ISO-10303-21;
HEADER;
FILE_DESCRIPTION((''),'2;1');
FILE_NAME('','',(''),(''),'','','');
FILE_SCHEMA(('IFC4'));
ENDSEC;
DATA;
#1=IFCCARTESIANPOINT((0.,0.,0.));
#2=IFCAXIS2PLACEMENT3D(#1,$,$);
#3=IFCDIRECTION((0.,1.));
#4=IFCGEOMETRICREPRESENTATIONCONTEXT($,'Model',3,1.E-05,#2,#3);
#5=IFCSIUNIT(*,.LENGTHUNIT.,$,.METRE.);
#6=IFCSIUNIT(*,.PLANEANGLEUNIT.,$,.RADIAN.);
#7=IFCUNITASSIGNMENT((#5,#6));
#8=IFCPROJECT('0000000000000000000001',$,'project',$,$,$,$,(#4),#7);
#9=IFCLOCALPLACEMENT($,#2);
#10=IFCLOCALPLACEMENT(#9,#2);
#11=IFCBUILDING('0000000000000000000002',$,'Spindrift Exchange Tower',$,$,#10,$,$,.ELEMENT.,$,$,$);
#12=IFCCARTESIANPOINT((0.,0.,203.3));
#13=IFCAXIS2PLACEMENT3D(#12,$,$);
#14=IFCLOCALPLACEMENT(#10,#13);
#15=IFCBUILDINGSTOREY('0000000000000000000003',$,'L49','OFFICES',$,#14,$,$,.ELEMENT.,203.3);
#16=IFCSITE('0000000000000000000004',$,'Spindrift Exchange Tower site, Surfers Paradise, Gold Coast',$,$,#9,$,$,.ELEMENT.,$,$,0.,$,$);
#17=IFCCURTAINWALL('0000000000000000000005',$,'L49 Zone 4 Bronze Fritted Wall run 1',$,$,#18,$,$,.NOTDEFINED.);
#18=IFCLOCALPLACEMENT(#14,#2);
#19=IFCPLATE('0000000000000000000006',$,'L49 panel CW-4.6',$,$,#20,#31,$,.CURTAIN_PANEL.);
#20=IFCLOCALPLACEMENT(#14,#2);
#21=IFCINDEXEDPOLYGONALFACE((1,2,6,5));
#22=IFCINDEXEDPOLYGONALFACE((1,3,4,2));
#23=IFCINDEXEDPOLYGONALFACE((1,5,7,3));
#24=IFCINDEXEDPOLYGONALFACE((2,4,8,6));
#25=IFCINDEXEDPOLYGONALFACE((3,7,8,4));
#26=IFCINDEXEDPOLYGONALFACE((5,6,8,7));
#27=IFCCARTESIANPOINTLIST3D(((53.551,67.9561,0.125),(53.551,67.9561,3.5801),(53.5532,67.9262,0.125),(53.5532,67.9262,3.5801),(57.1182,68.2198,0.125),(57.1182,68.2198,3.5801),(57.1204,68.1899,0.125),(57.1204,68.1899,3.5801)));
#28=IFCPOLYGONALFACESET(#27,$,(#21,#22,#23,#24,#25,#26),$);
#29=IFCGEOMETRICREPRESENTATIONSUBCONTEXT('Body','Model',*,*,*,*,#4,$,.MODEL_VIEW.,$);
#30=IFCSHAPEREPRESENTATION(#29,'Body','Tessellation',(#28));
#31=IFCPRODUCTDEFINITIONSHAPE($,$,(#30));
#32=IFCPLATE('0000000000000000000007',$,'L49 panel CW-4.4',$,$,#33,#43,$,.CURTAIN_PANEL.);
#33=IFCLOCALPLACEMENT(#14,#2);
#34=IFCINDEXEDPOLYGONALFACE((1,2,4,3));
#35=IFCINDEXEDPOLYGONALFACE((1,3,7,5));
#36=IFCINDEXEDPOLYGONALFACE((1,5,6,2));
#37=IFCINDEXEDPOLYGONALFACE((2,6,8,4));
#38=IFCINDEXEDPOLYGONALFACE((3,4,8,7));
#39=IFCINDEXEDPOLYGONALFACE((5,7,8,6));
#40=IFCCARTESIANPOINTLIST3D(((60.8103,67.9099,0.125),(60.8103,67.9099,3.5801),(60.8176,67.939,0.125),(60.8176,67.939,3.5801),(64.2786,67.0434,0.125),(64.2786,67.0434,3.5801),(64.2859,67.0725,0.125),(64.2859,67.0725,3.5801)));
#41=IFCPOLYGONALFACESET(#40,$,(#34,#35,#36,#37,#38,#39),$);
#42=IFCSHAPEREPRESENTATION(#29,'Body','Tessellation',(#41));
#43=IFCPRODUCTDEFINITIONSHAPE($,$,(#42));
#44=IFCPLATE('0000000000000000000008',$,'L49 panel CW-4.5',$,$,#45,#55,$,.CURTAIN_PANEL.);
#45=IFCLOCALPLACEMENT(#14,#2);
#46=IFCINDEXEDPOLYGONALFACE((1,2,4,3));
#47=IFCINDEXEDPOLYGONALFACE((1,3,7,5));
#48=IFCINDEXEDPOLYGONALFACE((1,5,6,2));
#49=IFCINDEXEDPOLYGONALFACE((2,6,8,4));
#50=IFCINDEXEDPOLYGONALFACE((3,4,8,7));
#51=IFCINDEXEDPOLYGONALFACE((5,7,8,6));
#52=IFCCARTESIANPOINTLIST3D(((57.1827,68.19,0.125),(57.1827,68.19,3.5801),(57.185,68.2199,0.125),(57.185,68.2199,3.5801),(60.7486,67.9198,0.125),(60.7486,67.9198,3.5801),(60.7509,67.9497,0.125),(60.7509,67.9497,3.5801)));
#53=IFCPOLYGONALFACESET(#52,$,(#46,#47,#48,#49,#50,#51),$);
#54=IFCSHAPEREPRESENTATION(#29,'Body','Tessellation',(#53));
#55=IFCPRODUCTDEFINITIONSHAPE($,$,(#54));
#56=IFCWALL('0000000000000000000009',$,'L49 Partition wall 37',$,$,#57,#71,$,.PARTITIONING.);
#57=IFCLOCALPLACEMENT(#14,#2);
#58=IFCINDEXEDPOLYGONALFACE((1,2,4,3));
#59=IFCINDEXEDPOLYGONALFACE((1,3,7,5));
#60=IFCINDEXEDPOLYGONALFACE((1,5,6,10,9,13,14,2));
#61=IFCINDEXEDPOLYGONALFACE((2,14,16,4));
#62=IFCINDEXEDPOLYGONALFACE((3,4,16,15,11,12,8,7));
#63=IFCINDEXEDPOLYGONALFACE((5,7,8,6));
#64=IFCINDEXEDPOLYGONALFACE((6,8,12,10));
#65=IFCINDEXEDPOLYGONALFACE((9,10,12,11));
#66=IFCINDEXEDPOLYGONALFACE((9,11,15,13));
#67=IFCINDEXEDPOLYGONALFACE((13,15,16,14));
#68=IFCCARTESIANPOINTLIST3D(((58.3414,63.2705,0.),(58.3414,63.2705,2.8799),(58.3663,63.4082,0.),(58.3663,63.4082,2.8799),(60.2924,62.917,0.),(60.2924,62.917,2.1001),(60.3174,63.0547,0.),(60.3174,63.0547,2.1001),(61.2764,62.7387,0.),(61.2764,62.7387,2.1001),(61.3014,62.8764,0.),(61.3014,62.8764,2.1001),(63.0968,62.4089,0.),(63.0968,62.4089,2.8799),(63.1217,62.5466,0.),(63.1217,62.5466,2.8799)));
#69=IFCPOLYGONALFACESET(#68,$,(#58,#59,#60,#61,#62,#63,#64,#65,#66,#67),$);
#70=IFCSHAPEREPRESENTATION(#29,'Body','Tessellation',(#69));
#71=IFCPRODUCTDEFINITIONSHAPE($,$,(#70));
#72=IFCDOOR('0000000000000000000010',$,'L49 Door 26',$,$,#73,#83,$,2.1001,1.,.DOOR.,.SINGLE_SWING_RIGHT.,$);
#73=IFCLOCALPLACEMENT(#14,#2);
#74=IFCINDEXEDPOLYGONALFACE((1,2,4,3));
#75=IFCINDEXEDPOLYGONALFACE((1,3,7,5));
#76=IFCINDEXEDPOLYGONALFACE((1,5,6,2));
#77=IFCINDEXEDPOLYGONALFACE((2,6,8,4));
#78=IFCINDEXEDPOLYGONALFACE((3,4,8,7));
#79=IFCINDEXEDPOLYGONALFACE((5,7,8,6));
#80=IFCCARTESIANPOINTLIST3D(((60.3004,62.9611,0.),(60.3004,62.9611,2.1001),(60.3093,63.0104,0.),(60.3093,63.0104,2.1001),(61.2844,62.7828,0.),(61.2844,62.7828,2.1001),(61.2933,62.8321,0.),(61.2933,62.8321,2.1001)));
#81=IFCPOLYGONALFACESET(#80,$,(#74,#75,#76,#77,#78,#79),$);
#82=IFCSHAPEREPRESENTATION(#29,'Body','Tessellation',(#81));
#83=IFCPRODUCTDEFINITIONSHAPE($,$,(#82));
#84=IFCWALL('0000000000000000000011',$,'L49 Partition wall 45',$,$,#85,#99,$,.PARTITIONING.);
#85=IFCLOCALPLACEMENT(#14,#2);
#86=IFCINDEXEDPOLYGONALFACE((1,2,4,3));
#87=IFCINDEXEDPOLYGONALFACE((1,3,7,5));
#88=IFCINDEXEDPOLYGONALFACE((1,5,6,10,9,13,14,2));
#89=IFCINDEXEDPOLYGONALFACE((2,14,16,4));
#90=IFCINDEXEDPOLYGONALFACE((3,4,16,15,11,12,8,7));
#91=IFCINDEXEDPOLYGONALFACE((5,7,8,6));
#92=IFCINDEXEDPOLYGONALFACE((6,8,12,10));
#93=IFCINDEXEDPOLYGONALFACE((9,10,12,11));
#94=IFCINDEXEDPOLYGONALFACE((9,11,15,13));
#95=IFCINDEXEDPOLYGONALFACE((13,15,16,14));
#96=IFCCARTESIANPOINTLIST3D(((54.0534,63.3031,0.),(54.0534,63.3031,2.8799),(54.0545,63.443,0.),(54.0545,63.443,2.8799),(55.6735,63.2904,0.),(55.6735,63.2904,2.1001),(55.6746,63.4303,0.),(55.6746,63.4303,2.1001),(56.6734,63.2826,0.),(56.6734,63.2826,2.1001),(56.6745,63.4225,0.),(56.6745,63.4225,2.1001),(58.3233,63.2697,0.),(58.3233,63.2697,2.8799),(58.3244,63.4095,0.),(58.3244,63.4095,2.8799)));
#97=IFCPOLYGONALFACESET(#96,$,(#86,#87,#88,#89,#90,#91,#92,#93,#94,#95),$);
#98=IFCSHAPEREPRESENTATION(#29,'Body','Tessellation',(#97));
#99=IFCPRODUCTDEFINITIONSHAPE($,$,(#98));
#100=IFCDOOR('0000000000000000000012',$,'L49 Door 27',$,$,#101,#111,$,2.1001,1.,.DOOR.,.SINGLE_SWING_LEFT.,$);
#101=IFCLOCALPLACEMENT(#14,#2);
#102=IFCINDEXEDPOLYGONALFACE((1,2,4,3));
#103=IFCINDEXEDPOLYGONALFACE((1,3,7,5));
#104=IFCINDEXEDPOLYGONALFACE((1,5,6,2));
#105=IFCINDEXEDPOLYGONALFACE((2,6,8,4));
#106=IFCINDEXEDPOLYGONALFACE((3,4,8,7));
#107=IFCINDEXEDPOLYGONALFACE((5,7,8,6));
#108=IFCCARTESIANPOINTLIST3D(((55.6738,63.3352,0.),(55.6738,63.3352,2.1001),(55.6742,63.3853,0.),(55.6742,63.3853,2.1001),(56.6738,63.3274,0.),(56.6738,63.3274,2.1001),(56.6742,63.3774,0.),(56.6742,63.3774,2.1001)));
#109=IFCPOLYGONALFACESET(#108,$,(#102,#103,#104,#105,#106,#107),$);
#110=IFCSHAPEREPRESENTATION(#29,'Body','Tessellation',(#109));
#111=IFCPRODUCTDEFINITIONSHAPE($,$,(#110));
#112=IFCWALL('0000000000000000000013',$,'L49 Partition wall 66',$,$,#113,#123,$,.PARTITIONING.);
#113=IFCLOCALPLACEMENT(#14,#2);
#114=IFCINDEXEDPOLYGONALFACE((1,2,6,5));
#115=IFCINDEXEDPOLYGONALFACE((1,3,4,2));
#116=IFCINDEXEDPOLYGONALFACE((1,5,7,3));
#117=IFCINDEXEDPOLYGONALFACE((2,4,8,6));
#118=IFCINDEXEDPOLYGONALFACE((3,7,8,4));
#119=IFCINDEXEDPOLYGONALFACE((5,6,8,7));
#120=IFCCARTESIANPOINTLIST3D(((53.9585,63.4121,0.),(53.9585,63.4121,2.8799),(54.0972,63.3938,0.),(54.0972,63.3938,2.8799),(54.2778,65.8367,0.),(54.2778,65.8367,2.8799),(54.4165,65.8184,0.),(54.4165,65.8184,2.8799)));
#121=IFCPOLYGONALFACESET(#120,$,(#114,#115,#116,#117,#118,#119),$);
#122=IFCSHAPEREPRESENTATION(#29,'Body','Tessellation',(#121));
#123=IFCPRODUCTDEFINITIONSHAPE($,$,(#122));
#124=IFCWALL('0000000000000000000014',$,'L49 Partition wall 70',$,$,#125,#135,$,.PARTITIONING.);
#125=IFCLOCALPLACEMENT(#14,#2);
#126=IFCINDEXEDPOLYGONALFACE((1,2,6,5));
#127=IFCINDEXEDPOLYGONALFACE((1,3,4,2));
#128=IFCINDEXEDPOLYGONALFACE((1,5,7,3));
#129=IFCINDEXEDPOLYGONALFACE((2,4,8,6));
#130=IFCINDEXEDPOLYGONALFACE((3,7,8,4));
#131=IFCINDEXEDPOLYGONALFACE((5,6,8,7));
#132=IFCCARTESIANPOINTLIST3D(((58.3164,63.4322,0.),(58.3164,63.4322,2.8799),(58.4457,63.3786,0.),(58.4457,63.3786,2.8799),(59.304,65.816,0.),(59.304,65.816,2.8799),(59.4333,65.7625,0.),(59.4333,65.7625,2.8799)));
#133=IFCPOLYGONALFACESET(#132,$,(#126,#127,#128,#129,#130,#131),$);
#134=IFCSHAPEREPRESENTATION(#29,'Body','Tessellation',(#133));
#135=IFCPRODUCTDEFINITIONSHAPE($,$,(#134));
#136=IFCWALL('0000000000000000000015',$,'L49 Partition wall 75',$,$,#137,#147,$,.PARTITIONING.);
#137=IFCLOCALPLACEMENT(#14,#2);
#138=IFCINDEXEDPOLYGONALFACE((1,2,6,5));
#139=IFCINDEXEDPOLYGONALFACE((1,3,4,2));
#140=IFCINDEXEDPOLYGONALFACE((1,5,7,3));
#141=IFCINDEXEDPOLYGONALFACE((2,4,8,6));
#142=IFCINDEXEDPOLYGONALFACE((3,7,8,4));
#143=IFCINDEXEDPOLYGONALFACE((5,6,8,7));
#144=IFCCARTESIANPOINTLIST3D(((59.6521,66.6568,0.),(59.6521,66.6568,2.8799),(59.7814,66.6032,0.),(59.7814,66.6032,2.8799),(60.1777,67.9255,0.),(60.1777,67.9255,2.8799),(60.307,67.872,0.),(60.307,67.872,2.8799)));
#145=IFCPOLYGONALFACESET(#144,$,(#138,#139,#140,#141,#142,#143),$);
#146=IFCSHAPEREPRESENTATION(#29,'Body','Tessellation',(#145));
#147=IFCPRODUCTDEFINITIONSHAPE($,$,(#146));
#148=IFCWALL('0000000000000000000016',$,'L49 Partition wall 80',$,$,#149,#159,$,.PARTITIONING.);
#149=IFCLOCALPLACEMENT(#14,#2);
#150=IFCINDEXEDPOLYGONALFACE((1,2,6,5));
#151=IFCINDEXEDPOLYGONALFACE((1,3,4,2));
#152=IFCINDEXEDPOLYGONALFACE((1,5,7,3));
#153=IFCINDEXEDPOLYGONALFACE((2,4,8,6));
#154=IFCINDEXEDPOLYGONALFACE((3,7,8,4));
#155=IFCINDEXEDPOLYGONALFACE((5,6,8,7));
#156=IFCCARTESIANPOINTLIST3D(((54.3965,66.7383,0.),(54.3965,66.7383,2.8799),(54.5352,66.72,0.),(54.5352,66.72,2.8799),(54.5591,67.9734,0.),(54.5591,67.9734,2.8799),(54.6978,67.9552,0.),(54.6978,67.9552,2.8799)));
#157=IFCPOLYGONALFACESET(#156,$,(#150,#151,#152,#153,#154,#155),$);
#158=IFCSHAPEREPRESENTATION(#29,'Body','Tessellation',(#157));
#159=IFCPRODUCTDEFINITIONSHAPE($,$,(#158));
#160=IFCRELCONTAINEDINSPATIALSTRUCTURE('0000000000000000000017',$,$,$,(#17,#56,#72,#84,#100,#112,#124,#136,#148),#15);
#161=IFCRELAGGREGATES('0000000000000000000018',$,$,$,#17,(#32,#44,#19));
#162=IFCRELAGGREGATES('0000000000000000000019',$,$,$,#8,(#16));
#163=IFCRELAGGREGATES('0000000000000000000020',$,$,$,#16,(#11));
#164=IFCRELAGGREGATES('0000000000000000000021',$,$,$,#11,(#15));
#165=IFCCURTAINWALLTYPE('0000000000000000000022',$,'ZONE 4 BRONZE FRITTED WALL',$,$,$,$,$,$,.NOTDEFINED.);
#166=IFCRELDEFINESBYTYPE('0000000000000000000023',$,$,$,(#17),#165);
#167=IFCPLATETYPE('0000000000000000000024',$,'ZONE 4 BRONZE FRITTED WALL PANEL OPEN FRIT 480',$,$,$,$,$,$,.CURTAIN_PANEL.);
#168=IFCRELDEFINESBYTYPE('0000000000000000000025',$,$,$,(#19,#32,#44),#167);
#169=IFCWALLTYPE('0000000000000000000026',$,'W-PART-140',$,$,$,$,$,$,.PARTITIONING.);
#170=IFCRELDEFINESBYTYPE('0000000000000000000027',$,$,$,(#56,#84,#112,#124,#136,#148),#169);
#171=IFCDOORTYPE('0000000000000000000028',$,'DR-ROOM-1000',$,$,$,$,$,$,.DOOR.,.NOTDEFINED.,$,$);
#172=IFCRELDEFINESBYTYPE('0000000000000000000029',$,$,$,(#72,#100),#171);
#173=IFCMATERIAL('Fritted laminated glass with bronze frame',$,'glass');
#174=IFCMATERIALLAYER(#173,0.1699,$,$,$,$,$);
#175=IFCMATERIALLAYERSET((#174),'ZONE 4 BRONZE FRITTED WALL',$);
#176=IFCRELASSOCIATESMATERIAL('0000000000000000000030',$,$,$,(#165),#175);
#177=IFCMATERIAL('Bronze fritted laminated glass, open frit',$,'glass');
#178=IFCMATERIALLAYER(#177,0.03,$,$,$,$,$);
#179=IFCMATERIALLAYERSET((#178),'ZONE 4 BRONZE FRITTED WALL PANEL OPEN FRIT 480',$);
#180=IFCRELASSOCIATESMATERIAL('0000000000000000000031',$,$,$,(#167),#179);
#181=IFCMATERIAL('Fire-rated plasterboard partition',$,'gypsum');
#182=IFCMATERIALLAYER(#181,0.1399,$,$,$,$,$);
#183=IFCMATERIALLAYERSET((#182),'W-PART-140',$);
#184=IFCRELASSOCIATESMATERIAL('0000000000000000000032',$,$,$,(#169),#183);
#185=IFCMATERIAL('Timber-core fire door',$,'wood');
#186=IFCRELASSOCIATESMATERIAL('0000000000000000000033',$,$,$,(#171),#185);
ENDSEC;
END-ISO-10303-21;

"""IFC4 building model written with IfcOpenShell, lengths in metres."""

from ifc_helpers import new_model, si_unit, direction, frame, frame_2d, origin, origin_2d, place, context, subcontext, project, spatial, rectangle, extrude, source, transform, mapped, material, layer, layer_set, type_object, element, fill, aggregate, save


model = new_model("IFC4")

# Units and contexts
model_context = context("Model", 3, precision=1e-05, world=origin(), true_north=direction((0.0, 1.0)))
body_context = subcontext(model_context, "Body", "Model", "MODEL_VIEW")
ifc_project = project(units=[si_unit("LENGTHUNIT", "METRE"), si_unit("PLANEANGLEUNIT", "RADIAN")], contexts=[model_context])

# Site, building, storey
site_placement = place(None, origin())
site = spatial("IfcSite", under=ifc_project, at=site_placement, Name="Spindrift Exchange Tower site, Surfers Paradise, Gold Coast", CompositionType="ELEMENT", RefElevation=0.0)
building_placement = place(site_placement, origin())
building = spatial("IfcBuilding", under=site, at=building_placement, Name="Spindrift Exchange Tower", CompositionType="ELEMENT")
storey_placement = place(building_placement, frame((0.0, 0.0, 203.3)))
storey = spatial("IfcBuildingStorey", under=building, at=storey_placement, Name="L49", Description="OFFICES", CompositionType="ELEMENT", Elevation=203.3)

# Curtain wall
ifc_material_1 = material(Name="Fritted laminated glass with bronze frame", Category="glass")
ifc_layer_1 = layer(ifc_material_1, 0.1699)
ifc_layer_set_1 = layer_set([ifc_layer_1], Name="ZONE 4 BRONZE FRITTED WALL")
curtain_wall_type = type_object("IfcCurtainWallType", Name="ZONE 4 BRONZE FRITTED WALL", PredefinedType="NOTDEFINED", material=ifc_layer_set_1)
curtain_wall_1_placement = place(storey_placement, origin())
curtain_wall_1 = element("IfcCurtainWall", 1, at=curtain_wall_1_placement, inside=storey, type_object=curtain_wall_type, Name="L49 Zone 4 Bronze Fritted Wall run 1", PredefinedType="NOTDEFINED")

# Plates
ifc_material_2 = material(Name="Bronze fritted laminated glass, open frit", Category="glass")
ifc_layer_2 = layer(ifc_material_2, 0.03)
ifc_layer_set_2 = layer_set([ifc_layer_2], Name="ZONE 4 BRONZE FRITTED WALL PANEL OPEN FRIT 480")
plate_type = type_object("IfcPlateType", Name="ZONE 4 BRONZE FRITTED WALL PANEL OPEN FRIT 480", PredefinedType="CURTAIN_PANEL", material=ifc_layer_set_2)
shared_shape_1 = source(origin(), body_context, "Body", "SweptSolid", [
    extrude(rectangle(XDim=3.5769, YDim=0.03, at=origin_2d()), origin(), (0.0, 0.0, 1.0), 3.4551),
])
plate_1_placement = place(storey_placement, frame((55.3357, 68.073, 0.125), z_axis=(0.0, 0.0, 1.0), x_axis=(-0.997278, -0.073727, 0.0)))
plate_1 = element("IfcPlate", 2, at=plate_1_placement, type_object=plate_type, Name="L49 panel CW-4.6", PredefinedType="CURTAIN_PANEL", context=body_context, shape_type="MappedRepresentation", body=[
    mapped(shared_shape_1, transform((0.0, 0.0, 0.0), scale=1.0)),
])
shared_shape_2 = source(origin(), body_context, "Body", "SweptSolid", [
    extrude(rectangle(XDim=3.575, YDim=0.03, at=origin_2d()), origin(), (0.0, 0.0, 1.0), 3.4551),
])
plate_2_placement = place(storey_placement, frame((62.5481, 67.4912, 0.125), z_axis=(0.0, 0.0, 1.0), x_axis=(-0.970178, 0.242393, 0.0)))
plate_2 = element("IfcPlate", 3, at=plate_2_placement, type_object=plate_type, Name="L49 panel CW-4.4", PredefinedType="CURTAIN_PANEL", context=body_context, shape_type="MappedRepresentation", body=[
    mapped(shared_shape_2, transform((0.0, 0.0, 0.0), scale=1.0)),
])
shared_shape_3 = source(origin(), body_context, "Body", "SweptSolid", [
    extrude(rectangle(XDim=3.5762, YDim=0.03, at=origin_2d()), origin(), (0.0, 0.0, 1.0), 3.4551),
])
plate_3_placement = place(storey_placement, frame((58.9668, 68.0698, 0.125), z_axis=(0.0, 0.0, 1.0), x_axis=(-0.997142, 0.075555, 0.0)))
plate_3 = element("IfcPlate", 4, at=plate_3_placement, type_object=plate_type, Name="L49 panel CW-4.5", PredefinedType="CURTAIN_PANEL", context=body_context, shape_type="MappedRepresentation", body=[
    mapped(shared_shape_3, transform((0.0, 0.0, 0.0), scale=1.0)),
])
aggregate(curtain_wall_1, [plate_2, plate_3, plate_1])

# Walls, openings, doors
ifc_material_3 = material(Name="Fire-rated plasterboard partition", Category="gypsum")
ifc_layer_3 = layer(ifc_material_3, 0.1399)
ifc_layer_set_3 = layer_set([ifc_layer_3], Name="W-PART-140")
wall_type = type_object("IfcWallType", Name="W-PART-140", PredefinedType="PARTITIONING", material=ifc_layer_set_3)
wall_1_placement = place(storey_placement, frame((58.3538, 63.3394, 0.0), z_axis=(0.0, 0.0, 1.0), x_axis=(0.98398, -0.178276, 0.0)))
wall_1 = element("IfcWall", 5, at=wall_1_placement, inside=storey, type_object=wall_type, Name="L49 Partition wall 37", PredefinedType="PARTITIONING", context=body_context, shape_type="SweptSolid", body=[
    extrude(rectangle(XDim=4.8328, YDim=0.1399, at=frame_2d((2.4165, 0.0))), origin(), (0.0, 0.0, 1.0), 2.8799),
])
opening_1_placement = place(wall_1_placement, frame((1.9829, 0.0, 0.0)))
opening_1 = element("IfcOpeningElement", 6, at=opening_1_placement, cuts=wall_1, PredefinedType="OPENING", context=body_context, shape_type="SweptSolid", body=[
    extrude(rectangle(XDim=1.0, YDim=2.1001, at=frame_2d((0.5, 1.05))), frame((0.0, 0.0798, 0.0), z_axis=(0.0, -1.0, 0.0), x_axis=(1.0, 0.0, 0.0)), (0.0, 0.0, 1.0), 0.1599),
])
ifc_material_4 = material(Name="Timber-core fire door", Category="wood")
door_type = type_object("IfcDoorType", Name="DR-ROOM-1000", OperationType="NOTDEFINED", PredefinedType="DOOR", material=ifc_material_4)
shared_shape_4 = source(origin(), body_context, "Body", "SweptSolid", [
    extrude(rectangle(XDim=1.0, YDim=2.1001, at=frame_2d((0.5, 1.05))), frame((0.0, 0.0249, 0.0), z_axis=(0.0, -1.0, 0.0), x_axis=(1.0, 0.0, 0.0)), (0.0, 0.0, 1.0), 0.05),
])
door_1_placement = place(opening_1_placement, origin())
door_1 = element("IfcDoor", 7, at=door_1_placement, inside=storey, type_object=door_type, Name="L49 Door 26", OperationType="SINGLE_SWING_RIGHT", OverallHeight=2.1001, OverallWidth=1.0, PredefinedType="DOOR", context=body_context, shape_type="MappedRepresentation", body=[
    mapped(shared_shape_4, transform((0.0, 0.0, 0.0), scale=1.0)),
])
fill(opening_1, door_1)
wall_2_placement = place(storey_placement, frame((54.054, 63.373, 0.0), z_axis=(0.0, 0.0, 1.0), x_axis=(0.999969, -0.007833, 0.0)))
wall_2 = element("IfcWall", 8, at=wall_2_placement, inside=storey, type_object=wall_type, Name="L49 Partition wall 45", PredefinedType="PARTITIONING", context=body_context, shape_type="SweptSolid", body=[
    extrude(rectangle(XDim=4.27, YDim=0.1399, at=frame_2d((2.135, 0.0))), origin(), (0.0, 0.0, 1.0), 2.8799),
])
opening_2_placement = place(wall_2_placement, frame((1.6201, 0.0, 0.0)))
opening_2 = element("IfcOpeningElement", 9, at=opening_2_placement, cuts=wall_2, PredefinedType="OPENING", context=body_context, shape_type="SweptSolid", body=[
    extrude(rectangle(XDim=1.0, YDim=2.1001, at=frame_2d((0.5, 1.05))), frame((0.0, 0.0798, 0.0), z_axis=(0.0, -1.0, 0.0), x_axis=(1.0, 0.0, 0.0)), (0.0, 0.0, 1.0), 0.1599),
])
door_2_placement = place(opening_2_placement, origin())
door_2 = element("IfcDoor", 10, at=door_2_placement, inside=storey, type_object=door_type, Name="L49 Door 27", OperationType="SINGLE_SWING_LEFT", OverallHeight=2.1001, OverallWidth=1.0, PredefinedType="DOOR", context=body_context, shape_type="MappedRepresentation", body=[
    mapped(shared_shape_4, transform((0.0, 0.0, 0.0), scale=1.0)),
])
fill(opening_2, door_2)

# Walls
wall_3_placement = place(storey_placement, frame((54.0278, 63.4031, 0.0), z_axis=(0.0, 0.0, 1.0), x_axis=(0.130581, 0.991438, 0.0)))
element("IfcWall", 11, at=wall_3_placement, inside=storey, type_object=wall_type, Name="L49 Partition wall 66", PredefinedType="PARTITIONING", context=body_context, shape_type="SweptSolid", body=[
    extrude(rectangle(XDim=2.4456, YDim=0.1399, at=frame_2d((1.2227, 0.0))), origin(), (0.0, 0.0, 1.0), 2.8799),
])
wall_4_placement = place(storey_placement, frame((58.3811, 63.4055, 0.0), z_axis=(0.0, 0.0, 1.0), x_axis=(0.382733, 0.923859, 0.0)))
element("IfcWall", 12, at=wall_4_placement, inside=storey, type_object=wall_type, Name="L49 Partition wall 70", PredefinedType="PARTITIONING", context=body_context, shape_type="SweptSolid", body=[
    extrude(rectangle(XDim=2.5803, YDim=0.1399, at=frame_2d((1.29, 0.0))), origin(), (0.0, 0.0, 1.0), 2.8799),
])
wall_5_placement = place(storey_placement, frame((59.7168, 66.6301, 0.0), z_axis=(0.0, 0.0, 1.0), x_axis=(0.382734, 0.923859, 0.0)))
element("IfcWall", 13, at=wall_5_placement, inside=storey, type_object=wall_type, Name="L49 Partition wall 75", PredefinedType="PARTITIONING", context=body_context, shape_type="SweptSolid", body=[
    extrude(rectangle(XDim=1.3733, YDim=0.1399, at=frame_2d((0.6865, 0.0))), origin(), (0.0, 0.0, 1.0), 2.8799),
])
wall_6_placement = place(storey_placement, frame((54.4658, 66.729, 0.0), z_axis=(0.0, 0.0, 1.0), x_axis=(0.13052, 0.991446, 0.0)))
element("IfcWall", 14, at=wall_6_placement, inside=storey, type_object=wall_type, Name="L49 Partition wall 80", PredefinedType="PARTITIONING", context=body_context, shape_type="SweptSolid", body=[
    extrude(rectangle(XDim=1.2458, YDim=0.1399, at=frame_2d((0.623, 0.0))), origin(), (0.0, 0.0, 1.0), 2.8799),
])

save(model, "model.ifc")
